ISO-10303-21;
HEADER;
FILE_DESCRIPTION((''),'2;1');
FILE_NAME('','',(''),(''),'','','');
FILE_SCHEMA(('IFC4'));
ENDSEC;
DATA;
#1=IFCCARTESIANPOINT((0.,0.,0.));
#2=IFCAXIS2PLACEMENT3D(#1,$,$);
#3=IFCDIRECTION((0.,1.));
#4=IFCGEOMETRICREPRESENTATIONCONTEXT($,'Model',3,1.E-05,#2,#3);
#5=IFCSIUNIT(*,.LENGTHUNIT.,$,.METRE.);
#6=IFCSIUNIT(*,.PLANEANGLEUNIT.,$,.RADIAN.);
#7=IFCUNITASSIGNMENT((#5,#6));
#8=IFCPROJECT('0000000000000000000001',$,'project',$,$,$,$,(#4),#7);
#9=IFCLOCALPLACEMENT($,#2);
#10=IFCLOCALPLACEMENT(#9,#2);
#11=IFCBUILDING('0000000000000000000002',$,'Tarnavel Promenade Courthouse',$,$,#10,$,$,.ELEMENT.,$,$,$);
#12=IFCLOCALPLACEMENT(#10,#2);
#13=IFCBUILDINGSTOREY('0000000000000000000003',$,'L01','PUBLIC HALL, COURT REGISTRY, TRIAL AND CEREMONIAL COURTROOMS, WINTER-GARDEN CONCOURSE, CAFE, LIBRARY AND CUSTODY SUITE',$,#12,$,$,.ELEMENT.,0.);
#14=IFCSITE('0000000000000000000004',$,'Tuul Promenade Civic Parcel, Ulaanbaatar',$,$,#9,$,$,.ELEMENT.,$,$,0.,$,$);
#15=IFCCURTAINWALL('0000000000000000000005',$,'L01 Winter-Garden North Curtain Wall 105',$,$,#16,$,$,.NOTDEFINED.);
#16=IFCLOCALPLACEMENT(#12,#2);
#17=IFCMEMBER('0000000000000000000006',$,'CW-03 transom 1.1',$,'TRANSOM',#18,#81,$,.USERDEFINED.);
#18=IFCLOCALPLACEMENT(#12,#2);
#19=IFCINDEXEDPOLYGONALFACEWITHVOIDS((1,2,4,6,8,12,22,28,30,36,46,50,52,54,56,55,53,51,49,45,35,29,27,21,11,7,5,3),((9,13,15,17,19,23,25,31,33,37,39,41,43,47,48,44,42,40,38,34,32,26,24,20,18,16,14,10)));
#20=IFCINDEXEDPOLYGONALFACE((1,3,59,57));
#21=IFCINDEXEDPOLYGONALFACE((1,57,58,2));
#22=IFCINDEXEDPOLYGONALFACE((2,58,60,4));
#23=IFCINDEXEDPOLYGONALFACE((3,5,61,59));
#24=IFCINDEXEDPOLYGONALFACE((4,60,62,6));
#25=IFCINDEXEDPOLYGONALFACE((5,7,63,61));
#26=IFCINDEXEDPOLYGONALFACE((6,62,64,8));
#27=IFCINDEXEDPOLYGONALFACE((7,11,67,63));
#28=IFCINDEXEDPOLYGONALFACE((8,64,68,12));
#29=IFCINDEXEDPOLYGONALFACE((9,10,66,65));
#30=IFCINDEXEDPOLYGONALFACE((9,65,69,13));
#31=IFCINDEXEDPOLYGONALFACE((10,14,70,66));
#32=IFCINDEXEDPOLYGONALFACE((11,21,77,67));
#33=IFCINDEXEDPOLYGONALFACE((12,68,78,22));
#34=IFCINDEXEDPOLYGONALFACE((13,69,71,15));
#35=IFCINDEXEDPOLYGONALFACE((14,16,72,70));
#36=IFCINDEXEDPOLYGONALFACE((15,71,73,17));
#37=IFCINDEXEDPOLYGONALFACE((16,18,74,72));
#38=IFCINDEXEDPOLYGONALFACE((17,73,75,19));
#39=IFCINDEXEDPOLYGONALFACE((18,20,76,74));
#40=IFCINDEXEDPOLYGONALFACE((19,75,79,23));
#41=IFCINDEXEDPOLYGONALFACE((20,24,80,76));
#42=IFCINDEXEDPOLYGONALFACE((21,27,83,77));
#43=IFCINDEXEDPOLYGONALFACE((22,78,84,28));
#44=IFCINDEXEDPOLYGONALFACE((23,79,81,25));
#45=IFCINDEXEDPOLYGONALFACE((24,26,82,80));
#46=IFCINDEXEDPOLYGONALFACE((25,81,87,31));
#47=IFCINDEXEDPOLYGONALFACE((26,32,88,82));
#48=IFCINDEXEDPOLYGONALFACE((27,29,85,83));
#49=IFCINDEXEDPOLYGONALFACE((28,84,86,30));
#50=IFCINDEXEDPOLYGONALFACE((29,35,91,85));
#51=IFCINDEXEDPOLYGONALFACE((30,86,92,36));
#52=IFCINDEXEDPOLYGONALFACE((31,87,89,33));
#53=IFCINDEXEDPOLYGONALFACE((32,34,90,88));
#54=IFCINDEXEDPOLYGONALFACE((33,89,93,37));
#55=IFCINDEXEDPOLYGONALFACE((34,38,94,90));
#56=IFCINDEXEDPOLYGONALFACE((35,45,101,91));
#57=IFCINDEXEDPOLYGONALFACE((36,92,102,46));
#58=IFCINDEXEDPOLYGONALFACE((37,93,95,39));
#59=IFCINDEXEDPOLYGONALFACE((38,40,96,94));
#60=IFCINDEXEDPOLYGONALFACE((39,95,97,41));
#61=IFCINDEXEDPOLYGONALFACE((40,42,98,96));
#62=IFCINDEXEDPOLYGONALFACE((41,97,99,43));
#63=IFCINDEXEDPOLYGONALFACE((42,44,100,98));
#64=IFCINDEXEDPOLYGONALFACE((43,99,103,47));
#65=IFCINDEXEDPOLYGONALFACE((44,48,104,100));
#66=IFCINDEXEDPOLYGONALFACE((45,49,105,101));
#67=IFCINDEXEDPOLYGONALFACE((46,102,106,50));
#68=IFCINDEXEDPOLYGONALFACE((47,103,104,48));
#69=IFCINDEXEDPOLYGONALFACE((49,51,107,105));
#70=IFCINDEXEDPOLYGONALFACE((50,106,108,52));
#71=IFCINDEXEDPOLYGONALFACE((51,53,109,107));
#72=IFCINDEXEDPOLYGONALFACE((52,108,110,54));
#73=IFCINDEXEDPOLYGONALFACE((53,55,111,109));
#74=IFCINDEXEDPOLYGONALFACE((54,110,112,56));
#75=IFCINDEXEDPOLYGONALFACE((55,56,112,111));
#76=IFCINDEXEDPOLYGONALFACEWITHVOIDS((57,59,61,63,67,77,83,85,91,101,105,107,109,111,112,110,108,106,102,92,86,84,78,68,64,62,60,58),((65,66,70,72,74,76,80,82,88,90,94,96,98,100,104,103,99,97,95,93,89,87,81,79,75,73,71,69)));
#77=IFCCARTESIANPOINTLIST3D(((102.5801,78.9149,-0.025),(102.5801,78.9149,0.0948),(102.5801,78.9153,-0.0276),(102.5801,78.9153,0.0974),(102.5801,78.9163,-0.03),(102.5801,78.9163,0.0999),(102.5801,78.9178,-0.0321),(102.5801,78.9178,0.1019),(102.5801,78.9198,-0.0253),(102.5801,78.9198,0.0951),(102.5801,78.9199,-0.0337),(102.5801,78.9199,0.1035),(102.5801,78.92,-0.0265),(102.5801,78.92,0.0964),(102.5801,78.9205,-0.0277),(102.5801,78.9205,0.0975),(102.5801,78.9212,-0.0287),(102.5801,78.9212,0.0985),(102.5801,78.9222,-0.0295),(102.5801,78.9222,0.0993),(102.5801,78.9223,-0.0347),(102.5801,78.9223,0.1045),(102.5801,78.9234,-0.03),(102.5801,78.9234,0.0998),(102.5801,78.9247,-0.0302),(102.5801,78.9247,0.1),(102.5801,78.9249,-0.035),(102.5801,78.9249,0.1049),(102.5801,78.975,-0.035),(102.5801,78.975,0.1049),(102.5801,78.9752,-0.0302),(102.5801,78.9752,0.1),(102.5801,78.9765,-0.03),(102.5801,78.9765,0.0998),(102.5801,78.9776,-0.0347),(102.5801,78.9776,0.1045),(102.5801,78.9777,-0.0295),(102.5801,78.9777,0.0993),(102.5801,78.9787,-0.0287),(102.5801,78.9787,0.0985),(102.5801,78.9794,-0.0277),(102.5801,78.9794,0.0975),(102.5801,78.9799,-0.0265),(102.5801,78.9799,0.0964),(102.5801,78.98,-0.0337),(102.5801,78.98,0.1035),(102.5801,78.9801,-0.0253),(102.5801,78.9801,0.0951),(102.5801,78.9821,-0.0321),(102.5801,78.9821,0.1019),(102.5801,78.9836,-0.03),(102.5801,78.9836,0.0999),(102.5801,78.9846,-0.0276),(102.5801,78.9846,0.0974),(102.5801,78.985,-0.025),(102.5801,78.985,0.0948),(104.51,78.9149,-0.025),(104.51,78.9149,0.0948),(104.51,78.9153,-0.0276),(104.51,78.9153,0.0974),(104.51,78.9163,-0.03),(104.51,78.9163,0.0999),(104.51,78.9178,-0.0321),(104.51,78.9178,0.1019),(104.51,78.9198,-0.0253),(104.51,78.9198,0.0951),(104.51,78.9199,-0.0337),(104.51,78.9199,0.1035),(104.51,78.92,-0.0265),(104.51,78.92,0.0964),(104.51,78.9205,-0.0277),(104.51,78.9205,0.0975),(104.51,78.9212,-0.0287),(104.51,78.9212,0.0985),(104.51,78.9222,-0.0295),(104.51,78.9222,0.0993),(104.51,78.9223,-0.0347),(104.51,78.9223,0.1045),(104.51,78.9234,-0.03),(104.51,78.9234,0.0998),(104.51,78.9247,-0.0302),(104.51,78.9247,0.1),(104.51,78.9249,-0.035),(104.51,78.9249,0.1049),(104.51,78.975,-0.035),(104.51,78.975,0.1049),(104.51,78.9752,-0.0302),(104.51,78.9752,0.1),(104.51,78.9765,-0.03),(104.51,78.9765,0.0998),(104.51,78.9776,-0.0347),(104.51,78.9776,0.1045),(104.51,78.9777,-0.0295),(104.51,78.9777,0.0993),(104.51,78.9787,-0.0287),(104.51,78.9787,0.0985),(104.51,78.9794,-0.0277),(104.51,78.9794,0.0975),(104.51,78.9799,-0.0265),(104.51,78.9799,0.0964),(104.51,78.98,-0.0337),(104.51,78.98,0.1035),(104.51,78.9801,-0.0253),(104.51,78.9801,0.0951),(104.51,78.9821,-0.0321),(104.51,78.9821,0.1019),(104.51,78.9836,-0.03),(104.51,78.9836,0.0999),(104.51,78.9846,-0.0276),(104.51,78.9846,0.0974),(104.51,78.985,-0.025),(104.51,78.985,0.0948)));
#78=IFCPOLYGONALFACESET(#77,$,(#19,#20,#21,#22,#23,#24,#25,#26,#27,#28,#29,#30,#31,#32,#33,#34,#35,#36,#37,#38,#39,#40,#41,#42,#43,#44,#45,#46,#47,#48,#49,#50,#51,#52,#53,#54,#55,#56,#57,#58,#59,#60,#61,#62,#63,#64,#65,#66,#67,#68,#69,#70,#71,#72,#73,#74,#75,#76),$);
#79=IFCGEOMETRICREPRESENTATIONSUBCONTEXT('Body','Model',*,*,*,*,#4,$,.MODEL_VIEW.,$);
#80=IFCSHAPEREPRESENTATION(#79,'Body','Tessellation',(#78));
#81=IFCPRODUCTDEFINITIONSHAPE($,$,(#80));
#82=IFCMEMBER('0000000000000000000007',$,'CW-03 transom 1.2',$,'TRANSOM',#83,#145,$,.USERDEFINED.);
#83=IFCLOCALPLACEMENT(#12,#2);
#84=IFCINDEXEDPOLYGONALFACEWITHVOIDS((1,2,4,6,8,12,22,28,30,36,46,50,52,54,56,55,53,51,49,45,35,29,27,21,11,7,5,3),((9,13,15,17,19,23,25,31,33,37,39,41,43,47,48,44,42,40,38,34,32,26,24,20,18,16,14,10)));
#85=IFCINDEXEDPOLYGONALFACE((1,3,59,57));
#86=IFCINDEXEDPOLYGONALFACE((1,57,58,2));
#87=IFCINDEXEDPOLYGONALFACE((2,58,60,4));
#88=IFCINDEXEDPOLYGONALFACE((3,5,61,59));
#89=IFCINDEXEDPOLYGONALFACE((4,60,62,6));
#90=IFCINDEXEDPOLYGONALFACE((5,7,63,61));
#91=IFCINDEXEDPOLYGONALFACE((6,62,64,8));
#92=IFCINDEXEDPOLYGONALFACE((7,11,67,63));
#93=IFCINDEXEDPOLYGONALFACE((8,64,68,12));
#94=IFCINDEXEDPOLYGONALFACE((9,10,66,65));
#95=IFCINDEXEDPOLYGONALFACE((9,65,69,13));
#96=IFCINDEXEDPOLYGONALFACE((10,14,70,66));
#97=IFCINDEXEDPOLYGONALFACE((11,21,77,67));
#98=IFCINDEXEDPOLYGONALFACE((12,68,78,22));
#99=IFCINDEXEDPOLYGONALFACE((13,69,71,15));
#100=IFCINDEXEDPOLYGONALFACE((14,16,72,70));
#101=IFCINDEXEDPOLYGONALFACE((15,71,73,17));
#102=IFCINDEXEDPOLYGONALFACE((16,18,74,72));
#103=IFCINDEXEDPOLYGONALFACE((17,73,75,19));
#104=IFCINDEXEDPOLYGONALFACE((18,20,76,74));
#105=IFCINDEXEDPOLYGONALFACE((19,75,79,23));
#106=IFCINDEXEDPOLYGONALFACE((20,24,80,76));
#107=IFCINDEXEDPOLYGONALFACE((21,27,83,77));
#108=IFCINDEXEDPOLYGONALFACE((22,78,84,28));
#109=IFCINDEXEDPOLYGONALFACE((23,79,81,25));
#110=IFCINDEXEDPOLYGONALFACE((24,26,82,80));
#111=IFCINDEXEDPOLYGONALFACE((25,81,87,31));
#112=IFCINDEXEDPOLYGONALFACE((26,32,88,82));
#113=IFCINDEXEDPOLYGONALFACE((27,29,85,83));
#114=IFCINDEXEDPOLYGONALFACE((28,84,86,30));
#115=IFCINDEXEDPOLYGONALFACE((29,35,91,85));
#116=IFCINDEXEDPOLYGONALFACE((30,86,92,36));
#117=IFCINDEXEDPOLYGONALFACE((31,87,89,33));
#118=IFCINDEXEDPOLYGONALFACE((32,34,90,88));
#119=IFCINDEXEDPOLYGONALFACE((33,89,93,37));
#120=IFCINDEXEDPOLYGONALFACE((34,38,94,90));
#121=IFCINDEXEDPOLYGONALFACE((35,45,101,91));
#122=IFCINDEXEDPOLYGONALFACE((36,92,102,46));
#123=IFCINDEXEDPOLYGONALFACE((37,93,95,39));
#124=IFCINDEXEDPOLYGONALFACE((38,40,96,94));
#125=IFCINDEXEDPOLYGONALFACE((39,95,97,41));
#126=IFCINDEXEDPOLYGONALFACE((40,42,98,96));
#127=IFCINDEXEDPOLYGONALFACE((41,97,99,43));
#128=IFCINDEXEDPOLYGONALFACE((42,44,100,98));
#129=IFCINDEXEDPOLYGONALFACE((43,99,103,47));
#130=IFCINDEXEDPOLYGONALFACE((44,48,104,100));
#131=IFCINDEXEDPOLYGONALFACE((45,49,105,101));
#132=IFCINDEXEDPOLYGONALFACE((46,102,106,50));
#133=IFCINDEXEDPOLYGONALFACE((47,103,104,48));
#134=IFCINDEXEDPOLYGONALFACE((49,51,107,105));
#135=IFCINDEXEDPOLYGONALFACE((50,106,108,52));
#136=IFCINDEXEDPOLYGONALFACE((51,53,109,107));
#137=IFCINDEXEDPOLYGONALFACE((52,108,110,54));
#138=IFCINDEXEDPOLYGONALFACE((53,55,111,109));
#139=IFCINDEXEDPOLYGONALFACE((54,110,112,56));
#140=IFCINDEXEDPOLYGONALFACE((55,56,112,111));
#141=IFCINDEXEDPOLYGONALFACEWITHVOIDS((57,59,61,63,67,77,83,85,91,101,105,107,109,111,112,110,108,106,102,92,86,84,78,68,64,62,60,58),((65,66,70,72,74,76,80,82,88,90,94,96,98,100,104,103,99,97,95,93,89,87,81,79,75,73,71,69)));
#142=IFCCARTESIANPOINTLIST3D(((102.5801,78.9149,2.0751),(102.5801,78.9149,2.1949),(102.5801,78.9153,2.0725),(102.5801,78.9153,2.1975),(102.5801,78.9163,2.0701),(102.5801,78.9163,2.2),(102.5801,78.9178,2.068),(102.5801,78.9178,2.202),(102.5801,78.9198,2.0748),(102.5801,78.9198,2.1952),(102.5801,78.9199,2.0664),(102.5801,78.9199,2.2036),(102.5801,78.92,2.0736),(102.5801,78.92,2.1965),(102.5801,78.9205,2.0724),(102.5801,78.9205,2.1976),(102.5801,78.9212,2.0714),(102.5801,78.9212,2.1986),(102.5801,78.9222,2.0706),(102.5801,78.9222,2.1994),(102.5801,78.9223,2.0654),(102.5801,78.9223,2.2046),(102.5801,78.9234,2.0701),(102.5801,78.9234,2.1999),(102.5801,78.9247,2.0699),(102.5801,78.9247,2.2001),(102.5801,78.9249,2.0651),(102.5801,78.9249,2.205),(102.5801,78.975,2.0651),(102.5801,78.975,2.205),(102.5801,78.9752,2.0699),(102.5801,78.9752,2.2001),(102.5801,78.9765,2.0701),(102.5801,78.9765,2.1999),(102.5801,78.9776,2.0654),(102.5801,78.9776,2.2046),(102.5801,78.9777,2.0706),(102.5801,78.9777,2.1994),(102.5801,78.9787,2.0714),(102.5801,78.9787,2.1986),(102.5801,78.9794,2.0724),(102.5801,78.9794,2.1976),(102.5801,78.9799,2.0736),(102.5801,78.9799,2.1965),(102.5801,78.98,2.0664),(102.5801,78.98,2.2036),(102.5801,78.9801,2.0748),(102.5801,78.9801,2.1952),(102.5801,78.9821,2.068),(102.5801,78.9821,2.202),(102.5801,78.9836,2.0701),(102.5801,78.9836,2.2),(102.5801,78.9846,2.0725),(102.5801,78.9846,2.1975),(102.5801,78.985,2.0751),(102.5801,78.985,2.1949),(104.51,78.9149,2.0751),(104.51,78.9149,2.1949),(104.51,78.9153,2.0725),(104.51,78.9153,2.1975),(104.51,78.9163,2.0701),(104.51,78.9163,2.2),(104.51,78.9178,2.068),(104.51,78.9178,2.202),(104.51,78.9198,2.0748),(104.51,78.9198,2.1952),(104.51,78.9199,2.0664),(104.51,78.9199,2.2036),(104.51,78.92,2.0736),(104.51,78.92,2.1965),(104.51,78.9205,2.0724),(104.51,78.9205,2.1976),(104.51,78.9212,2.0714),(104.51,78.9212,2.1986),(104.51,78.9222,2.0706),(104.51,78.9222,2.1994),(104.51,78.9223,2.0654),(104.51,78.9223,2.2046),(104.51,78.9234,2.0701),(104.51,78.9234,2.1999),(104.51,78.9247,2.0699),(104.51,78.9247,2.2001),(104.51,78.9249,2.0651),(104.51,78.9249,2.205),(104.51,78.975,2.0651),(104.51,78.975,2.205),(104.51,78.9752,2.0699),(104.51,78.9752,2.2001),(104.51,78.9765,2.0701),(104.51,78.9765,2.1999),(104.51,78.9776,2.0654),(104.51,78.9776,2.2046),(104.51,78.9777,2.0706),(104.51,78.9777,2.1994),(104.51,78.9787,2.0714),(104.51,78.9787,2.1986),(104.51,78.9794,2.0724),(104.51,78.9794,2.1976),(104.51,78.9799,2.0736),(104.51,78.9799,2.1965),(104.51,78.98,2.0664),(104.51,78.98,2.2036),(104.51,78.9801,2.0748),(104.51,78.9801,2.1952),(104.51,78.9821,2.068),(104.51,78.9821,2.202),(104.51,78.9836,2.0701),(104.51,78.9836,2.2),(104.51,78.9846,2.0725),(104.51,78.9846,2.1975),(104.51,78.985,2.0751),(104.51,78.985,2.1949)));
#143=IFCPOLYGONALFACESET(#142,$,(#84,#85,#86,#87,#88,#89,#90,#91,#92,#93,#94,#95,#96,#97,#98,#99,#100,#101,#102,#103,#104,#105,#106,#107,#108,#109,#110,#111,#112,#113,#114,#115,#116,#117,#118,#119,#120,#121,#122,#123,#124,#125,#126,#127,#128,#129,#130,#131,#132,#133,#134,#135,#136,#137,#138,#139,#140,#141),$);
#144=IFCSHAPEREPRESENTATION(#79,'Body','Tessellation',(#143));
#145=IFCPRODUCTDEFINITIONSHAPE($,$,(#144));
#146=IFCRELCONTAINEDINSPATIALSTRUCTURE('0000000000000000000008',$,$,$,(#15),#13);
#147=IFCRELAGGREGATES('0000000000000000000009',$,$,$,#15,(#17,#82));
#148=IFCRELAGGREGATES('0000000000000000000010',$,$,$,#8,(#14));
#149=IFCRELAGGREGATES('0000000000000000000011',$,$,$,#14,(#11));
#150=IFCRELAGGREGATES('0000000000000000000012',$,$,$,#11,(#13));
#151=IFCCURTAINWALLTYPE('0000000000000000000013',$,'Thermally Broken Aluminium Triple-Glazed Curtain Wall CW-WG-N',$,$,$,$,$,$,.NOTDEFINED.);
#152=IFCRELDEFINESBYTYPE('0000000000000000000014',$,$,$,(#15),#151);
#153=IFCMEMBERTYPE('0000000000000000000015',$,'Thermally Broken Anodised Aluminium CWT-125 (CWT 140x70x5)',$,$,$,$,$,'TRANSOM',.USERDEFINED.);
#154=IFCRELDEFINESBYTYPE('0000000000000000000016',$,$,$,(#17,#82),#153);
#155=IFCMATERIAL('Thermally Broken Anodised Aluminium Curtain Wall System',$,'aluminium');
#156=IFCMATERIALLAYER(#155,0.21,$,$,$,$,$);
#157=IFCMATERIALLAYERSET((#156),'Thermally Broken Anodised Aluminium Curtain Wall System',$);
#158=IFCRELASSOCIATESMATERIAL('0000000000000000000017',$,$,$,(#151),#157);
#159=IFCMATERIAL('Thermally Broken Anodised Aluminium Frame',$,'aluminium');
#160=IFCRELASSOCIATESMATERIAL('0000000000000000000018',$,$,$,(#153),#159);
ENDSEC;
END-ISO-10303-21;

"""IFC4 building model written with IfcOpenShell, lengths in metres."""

from ifc_helpers import new_model, si_unit, direction, frame, origin, origin_2d, place, context, subcontext, project, spatial, hollow_rectangle, extrude, material, layer, layer_set, material_profile, profile_set, type_object, element, aggregate, save


model = new_model("IFC4")

# Units and contexts
model_context = context("Model", 3, precision=1e-05, world=origin(), true_north=direction((0.0, 1.0)))
body_context = subcontext(model_context, "Body", "Model", "MODEL_VIEW")
ifc_project = project(units=[si_unit("LENGTHUNIT", "METRE"), si_unit("PLANEANGLEUNIT", "RADIAN")], contexts=[model_context])

# Site, building, storey
site_placement = place(None, origin())
site = spatial("IfcSite", under=ifc_project, at=site_placement, Name="Tuul Promenade Civic Parcel, Ulaanbaatar", CompositionType="ELEMENT", RefElevation=0.0)
building_placement = place(site_placement, origin())
building = spatial("IfcBuilding", under=site, at=building_placement, Name="Tarnavel Promenade Courthouse", CompositionType="ELEMENT")
storey_placement = place(building_placement, origin())
storey = spatial("IfcBuildingStorey", under=building, at=storey_placement, Name="L01", Description="PUBLIC HALL, COURT REGISTRY, TRIAL AND CEREMONIAL COURTROOMS, WINTER-GARDEN CONCOURSE, CAFE, LIBRARY AND CUSTODY SUITE", CompositionType="ELEMENT", Elevation=0.0)

# Curtain wall
ifc_material_1 = material(Name="Thermally Broken Anodised Aluminium Curtain Wall System", Category="aluminium")
ifc_layer_1 = layer(ifc_material_1, 0.21)
ifc_layer_set_1 = layer_set([ifc_layer_1], Name="Thermally Broken Anodised Aluminium Curtain Wall System")
curtain_wall_type = type_object("IfcCurtainWallType", Name="Thermally Broken Aluminium Triple-Glazed Curtain Wall CW-WG-N", PredefinedType="NOTDEFINED", material=ifc_layer_set_1)
curtain_wall_1_placement = place(storey_placement, origin())
curtain_wall_1 = element("IfcCurtainWall", 1, at=curtain_wall_1_placement, inside=storey, type_object=curtain_wall_type, Name="L01 Winter-Garden North Curtain Wall 105", PredefinedType="NOTDEFINED")
ifc_material_2 = material(Name="Thermally Broken Anodised Aluminium Frame", Category="aluminium")

# Members
ifc_material_profile_1 = material_profile(ifc_material_2, hollow_rectangle(XDim=0.0701, YDim=0.1399, WallThickness=0.0049, InnerFilletRadius=0.0049, OuterFilletRadius=0.01, at=origin_2d()), Name="CWT 140x70x5")
ifc_profile_set_1 = profile_set([ifc_material_profile_1], Name="Thermally Broken Anodised Aluminium Frame")
member_type_1 = type_object("IfcMemberType", Name="Thermally Broken Anodised Aluminium CWT-125 (CWT 140x70x5)", ElementType="TRANSOM", PredefinedType="USERDEFINED", material=ifc_profile_set_1)
member_1_placement = place(storey_placement, frame((102.5801, 78.95, 0.0349), z_axis=(1.0, 0.0, 0.0), x_axis=(0.0, 1.0, 0.0)))
member_1 = element("IfcMember", 2, at=member_1_placement, type_object=member_type_1, Name="CW-03 transom 1.1", ObjectType="TRANSOM", PredefinedType="USERDEFINED", context=body_context, shape_type="SweptSolid", body=[
    extrude(hollow_rectangle(XDim=0.0701, YDim=0.1399, WallThickness=0.0049, InnerFilletRadius=0.0049, OuterFilletRadius=0.01, at=origin_2d()), origin(), (0.0, 0.0, 1.0), 1.9299),
])
member_2_placement = place(storey_placement, frame((102.5801, 78.95, 2.135), z_axis=(1.0, 0.0, 0.0), x_axis=(0.0, 1.0, 0.0)))
member_2 = element("IfcMember", 3, at=member_2_placement, type_object=member_type_1, Name="CW-03 transom 1.2", ObjectType="TRANSOM", PredefinedType="USERDEFINED", context=body_context, shape_type="SweptSolid", body=[
    extrude(hollow_rectangle(XDim=0.0701, YDim=0.1399, WallThickness=0.0049, InnerFilletRadius=0.0049, OuterFilletRadius=0.01, at=origin_2d()), origin(), (0.0, 0.0, 1.0), 1.9299),
])

aggregate(curtain_wall_1, [member_1, member_2])

save(model, "model.ifc")
